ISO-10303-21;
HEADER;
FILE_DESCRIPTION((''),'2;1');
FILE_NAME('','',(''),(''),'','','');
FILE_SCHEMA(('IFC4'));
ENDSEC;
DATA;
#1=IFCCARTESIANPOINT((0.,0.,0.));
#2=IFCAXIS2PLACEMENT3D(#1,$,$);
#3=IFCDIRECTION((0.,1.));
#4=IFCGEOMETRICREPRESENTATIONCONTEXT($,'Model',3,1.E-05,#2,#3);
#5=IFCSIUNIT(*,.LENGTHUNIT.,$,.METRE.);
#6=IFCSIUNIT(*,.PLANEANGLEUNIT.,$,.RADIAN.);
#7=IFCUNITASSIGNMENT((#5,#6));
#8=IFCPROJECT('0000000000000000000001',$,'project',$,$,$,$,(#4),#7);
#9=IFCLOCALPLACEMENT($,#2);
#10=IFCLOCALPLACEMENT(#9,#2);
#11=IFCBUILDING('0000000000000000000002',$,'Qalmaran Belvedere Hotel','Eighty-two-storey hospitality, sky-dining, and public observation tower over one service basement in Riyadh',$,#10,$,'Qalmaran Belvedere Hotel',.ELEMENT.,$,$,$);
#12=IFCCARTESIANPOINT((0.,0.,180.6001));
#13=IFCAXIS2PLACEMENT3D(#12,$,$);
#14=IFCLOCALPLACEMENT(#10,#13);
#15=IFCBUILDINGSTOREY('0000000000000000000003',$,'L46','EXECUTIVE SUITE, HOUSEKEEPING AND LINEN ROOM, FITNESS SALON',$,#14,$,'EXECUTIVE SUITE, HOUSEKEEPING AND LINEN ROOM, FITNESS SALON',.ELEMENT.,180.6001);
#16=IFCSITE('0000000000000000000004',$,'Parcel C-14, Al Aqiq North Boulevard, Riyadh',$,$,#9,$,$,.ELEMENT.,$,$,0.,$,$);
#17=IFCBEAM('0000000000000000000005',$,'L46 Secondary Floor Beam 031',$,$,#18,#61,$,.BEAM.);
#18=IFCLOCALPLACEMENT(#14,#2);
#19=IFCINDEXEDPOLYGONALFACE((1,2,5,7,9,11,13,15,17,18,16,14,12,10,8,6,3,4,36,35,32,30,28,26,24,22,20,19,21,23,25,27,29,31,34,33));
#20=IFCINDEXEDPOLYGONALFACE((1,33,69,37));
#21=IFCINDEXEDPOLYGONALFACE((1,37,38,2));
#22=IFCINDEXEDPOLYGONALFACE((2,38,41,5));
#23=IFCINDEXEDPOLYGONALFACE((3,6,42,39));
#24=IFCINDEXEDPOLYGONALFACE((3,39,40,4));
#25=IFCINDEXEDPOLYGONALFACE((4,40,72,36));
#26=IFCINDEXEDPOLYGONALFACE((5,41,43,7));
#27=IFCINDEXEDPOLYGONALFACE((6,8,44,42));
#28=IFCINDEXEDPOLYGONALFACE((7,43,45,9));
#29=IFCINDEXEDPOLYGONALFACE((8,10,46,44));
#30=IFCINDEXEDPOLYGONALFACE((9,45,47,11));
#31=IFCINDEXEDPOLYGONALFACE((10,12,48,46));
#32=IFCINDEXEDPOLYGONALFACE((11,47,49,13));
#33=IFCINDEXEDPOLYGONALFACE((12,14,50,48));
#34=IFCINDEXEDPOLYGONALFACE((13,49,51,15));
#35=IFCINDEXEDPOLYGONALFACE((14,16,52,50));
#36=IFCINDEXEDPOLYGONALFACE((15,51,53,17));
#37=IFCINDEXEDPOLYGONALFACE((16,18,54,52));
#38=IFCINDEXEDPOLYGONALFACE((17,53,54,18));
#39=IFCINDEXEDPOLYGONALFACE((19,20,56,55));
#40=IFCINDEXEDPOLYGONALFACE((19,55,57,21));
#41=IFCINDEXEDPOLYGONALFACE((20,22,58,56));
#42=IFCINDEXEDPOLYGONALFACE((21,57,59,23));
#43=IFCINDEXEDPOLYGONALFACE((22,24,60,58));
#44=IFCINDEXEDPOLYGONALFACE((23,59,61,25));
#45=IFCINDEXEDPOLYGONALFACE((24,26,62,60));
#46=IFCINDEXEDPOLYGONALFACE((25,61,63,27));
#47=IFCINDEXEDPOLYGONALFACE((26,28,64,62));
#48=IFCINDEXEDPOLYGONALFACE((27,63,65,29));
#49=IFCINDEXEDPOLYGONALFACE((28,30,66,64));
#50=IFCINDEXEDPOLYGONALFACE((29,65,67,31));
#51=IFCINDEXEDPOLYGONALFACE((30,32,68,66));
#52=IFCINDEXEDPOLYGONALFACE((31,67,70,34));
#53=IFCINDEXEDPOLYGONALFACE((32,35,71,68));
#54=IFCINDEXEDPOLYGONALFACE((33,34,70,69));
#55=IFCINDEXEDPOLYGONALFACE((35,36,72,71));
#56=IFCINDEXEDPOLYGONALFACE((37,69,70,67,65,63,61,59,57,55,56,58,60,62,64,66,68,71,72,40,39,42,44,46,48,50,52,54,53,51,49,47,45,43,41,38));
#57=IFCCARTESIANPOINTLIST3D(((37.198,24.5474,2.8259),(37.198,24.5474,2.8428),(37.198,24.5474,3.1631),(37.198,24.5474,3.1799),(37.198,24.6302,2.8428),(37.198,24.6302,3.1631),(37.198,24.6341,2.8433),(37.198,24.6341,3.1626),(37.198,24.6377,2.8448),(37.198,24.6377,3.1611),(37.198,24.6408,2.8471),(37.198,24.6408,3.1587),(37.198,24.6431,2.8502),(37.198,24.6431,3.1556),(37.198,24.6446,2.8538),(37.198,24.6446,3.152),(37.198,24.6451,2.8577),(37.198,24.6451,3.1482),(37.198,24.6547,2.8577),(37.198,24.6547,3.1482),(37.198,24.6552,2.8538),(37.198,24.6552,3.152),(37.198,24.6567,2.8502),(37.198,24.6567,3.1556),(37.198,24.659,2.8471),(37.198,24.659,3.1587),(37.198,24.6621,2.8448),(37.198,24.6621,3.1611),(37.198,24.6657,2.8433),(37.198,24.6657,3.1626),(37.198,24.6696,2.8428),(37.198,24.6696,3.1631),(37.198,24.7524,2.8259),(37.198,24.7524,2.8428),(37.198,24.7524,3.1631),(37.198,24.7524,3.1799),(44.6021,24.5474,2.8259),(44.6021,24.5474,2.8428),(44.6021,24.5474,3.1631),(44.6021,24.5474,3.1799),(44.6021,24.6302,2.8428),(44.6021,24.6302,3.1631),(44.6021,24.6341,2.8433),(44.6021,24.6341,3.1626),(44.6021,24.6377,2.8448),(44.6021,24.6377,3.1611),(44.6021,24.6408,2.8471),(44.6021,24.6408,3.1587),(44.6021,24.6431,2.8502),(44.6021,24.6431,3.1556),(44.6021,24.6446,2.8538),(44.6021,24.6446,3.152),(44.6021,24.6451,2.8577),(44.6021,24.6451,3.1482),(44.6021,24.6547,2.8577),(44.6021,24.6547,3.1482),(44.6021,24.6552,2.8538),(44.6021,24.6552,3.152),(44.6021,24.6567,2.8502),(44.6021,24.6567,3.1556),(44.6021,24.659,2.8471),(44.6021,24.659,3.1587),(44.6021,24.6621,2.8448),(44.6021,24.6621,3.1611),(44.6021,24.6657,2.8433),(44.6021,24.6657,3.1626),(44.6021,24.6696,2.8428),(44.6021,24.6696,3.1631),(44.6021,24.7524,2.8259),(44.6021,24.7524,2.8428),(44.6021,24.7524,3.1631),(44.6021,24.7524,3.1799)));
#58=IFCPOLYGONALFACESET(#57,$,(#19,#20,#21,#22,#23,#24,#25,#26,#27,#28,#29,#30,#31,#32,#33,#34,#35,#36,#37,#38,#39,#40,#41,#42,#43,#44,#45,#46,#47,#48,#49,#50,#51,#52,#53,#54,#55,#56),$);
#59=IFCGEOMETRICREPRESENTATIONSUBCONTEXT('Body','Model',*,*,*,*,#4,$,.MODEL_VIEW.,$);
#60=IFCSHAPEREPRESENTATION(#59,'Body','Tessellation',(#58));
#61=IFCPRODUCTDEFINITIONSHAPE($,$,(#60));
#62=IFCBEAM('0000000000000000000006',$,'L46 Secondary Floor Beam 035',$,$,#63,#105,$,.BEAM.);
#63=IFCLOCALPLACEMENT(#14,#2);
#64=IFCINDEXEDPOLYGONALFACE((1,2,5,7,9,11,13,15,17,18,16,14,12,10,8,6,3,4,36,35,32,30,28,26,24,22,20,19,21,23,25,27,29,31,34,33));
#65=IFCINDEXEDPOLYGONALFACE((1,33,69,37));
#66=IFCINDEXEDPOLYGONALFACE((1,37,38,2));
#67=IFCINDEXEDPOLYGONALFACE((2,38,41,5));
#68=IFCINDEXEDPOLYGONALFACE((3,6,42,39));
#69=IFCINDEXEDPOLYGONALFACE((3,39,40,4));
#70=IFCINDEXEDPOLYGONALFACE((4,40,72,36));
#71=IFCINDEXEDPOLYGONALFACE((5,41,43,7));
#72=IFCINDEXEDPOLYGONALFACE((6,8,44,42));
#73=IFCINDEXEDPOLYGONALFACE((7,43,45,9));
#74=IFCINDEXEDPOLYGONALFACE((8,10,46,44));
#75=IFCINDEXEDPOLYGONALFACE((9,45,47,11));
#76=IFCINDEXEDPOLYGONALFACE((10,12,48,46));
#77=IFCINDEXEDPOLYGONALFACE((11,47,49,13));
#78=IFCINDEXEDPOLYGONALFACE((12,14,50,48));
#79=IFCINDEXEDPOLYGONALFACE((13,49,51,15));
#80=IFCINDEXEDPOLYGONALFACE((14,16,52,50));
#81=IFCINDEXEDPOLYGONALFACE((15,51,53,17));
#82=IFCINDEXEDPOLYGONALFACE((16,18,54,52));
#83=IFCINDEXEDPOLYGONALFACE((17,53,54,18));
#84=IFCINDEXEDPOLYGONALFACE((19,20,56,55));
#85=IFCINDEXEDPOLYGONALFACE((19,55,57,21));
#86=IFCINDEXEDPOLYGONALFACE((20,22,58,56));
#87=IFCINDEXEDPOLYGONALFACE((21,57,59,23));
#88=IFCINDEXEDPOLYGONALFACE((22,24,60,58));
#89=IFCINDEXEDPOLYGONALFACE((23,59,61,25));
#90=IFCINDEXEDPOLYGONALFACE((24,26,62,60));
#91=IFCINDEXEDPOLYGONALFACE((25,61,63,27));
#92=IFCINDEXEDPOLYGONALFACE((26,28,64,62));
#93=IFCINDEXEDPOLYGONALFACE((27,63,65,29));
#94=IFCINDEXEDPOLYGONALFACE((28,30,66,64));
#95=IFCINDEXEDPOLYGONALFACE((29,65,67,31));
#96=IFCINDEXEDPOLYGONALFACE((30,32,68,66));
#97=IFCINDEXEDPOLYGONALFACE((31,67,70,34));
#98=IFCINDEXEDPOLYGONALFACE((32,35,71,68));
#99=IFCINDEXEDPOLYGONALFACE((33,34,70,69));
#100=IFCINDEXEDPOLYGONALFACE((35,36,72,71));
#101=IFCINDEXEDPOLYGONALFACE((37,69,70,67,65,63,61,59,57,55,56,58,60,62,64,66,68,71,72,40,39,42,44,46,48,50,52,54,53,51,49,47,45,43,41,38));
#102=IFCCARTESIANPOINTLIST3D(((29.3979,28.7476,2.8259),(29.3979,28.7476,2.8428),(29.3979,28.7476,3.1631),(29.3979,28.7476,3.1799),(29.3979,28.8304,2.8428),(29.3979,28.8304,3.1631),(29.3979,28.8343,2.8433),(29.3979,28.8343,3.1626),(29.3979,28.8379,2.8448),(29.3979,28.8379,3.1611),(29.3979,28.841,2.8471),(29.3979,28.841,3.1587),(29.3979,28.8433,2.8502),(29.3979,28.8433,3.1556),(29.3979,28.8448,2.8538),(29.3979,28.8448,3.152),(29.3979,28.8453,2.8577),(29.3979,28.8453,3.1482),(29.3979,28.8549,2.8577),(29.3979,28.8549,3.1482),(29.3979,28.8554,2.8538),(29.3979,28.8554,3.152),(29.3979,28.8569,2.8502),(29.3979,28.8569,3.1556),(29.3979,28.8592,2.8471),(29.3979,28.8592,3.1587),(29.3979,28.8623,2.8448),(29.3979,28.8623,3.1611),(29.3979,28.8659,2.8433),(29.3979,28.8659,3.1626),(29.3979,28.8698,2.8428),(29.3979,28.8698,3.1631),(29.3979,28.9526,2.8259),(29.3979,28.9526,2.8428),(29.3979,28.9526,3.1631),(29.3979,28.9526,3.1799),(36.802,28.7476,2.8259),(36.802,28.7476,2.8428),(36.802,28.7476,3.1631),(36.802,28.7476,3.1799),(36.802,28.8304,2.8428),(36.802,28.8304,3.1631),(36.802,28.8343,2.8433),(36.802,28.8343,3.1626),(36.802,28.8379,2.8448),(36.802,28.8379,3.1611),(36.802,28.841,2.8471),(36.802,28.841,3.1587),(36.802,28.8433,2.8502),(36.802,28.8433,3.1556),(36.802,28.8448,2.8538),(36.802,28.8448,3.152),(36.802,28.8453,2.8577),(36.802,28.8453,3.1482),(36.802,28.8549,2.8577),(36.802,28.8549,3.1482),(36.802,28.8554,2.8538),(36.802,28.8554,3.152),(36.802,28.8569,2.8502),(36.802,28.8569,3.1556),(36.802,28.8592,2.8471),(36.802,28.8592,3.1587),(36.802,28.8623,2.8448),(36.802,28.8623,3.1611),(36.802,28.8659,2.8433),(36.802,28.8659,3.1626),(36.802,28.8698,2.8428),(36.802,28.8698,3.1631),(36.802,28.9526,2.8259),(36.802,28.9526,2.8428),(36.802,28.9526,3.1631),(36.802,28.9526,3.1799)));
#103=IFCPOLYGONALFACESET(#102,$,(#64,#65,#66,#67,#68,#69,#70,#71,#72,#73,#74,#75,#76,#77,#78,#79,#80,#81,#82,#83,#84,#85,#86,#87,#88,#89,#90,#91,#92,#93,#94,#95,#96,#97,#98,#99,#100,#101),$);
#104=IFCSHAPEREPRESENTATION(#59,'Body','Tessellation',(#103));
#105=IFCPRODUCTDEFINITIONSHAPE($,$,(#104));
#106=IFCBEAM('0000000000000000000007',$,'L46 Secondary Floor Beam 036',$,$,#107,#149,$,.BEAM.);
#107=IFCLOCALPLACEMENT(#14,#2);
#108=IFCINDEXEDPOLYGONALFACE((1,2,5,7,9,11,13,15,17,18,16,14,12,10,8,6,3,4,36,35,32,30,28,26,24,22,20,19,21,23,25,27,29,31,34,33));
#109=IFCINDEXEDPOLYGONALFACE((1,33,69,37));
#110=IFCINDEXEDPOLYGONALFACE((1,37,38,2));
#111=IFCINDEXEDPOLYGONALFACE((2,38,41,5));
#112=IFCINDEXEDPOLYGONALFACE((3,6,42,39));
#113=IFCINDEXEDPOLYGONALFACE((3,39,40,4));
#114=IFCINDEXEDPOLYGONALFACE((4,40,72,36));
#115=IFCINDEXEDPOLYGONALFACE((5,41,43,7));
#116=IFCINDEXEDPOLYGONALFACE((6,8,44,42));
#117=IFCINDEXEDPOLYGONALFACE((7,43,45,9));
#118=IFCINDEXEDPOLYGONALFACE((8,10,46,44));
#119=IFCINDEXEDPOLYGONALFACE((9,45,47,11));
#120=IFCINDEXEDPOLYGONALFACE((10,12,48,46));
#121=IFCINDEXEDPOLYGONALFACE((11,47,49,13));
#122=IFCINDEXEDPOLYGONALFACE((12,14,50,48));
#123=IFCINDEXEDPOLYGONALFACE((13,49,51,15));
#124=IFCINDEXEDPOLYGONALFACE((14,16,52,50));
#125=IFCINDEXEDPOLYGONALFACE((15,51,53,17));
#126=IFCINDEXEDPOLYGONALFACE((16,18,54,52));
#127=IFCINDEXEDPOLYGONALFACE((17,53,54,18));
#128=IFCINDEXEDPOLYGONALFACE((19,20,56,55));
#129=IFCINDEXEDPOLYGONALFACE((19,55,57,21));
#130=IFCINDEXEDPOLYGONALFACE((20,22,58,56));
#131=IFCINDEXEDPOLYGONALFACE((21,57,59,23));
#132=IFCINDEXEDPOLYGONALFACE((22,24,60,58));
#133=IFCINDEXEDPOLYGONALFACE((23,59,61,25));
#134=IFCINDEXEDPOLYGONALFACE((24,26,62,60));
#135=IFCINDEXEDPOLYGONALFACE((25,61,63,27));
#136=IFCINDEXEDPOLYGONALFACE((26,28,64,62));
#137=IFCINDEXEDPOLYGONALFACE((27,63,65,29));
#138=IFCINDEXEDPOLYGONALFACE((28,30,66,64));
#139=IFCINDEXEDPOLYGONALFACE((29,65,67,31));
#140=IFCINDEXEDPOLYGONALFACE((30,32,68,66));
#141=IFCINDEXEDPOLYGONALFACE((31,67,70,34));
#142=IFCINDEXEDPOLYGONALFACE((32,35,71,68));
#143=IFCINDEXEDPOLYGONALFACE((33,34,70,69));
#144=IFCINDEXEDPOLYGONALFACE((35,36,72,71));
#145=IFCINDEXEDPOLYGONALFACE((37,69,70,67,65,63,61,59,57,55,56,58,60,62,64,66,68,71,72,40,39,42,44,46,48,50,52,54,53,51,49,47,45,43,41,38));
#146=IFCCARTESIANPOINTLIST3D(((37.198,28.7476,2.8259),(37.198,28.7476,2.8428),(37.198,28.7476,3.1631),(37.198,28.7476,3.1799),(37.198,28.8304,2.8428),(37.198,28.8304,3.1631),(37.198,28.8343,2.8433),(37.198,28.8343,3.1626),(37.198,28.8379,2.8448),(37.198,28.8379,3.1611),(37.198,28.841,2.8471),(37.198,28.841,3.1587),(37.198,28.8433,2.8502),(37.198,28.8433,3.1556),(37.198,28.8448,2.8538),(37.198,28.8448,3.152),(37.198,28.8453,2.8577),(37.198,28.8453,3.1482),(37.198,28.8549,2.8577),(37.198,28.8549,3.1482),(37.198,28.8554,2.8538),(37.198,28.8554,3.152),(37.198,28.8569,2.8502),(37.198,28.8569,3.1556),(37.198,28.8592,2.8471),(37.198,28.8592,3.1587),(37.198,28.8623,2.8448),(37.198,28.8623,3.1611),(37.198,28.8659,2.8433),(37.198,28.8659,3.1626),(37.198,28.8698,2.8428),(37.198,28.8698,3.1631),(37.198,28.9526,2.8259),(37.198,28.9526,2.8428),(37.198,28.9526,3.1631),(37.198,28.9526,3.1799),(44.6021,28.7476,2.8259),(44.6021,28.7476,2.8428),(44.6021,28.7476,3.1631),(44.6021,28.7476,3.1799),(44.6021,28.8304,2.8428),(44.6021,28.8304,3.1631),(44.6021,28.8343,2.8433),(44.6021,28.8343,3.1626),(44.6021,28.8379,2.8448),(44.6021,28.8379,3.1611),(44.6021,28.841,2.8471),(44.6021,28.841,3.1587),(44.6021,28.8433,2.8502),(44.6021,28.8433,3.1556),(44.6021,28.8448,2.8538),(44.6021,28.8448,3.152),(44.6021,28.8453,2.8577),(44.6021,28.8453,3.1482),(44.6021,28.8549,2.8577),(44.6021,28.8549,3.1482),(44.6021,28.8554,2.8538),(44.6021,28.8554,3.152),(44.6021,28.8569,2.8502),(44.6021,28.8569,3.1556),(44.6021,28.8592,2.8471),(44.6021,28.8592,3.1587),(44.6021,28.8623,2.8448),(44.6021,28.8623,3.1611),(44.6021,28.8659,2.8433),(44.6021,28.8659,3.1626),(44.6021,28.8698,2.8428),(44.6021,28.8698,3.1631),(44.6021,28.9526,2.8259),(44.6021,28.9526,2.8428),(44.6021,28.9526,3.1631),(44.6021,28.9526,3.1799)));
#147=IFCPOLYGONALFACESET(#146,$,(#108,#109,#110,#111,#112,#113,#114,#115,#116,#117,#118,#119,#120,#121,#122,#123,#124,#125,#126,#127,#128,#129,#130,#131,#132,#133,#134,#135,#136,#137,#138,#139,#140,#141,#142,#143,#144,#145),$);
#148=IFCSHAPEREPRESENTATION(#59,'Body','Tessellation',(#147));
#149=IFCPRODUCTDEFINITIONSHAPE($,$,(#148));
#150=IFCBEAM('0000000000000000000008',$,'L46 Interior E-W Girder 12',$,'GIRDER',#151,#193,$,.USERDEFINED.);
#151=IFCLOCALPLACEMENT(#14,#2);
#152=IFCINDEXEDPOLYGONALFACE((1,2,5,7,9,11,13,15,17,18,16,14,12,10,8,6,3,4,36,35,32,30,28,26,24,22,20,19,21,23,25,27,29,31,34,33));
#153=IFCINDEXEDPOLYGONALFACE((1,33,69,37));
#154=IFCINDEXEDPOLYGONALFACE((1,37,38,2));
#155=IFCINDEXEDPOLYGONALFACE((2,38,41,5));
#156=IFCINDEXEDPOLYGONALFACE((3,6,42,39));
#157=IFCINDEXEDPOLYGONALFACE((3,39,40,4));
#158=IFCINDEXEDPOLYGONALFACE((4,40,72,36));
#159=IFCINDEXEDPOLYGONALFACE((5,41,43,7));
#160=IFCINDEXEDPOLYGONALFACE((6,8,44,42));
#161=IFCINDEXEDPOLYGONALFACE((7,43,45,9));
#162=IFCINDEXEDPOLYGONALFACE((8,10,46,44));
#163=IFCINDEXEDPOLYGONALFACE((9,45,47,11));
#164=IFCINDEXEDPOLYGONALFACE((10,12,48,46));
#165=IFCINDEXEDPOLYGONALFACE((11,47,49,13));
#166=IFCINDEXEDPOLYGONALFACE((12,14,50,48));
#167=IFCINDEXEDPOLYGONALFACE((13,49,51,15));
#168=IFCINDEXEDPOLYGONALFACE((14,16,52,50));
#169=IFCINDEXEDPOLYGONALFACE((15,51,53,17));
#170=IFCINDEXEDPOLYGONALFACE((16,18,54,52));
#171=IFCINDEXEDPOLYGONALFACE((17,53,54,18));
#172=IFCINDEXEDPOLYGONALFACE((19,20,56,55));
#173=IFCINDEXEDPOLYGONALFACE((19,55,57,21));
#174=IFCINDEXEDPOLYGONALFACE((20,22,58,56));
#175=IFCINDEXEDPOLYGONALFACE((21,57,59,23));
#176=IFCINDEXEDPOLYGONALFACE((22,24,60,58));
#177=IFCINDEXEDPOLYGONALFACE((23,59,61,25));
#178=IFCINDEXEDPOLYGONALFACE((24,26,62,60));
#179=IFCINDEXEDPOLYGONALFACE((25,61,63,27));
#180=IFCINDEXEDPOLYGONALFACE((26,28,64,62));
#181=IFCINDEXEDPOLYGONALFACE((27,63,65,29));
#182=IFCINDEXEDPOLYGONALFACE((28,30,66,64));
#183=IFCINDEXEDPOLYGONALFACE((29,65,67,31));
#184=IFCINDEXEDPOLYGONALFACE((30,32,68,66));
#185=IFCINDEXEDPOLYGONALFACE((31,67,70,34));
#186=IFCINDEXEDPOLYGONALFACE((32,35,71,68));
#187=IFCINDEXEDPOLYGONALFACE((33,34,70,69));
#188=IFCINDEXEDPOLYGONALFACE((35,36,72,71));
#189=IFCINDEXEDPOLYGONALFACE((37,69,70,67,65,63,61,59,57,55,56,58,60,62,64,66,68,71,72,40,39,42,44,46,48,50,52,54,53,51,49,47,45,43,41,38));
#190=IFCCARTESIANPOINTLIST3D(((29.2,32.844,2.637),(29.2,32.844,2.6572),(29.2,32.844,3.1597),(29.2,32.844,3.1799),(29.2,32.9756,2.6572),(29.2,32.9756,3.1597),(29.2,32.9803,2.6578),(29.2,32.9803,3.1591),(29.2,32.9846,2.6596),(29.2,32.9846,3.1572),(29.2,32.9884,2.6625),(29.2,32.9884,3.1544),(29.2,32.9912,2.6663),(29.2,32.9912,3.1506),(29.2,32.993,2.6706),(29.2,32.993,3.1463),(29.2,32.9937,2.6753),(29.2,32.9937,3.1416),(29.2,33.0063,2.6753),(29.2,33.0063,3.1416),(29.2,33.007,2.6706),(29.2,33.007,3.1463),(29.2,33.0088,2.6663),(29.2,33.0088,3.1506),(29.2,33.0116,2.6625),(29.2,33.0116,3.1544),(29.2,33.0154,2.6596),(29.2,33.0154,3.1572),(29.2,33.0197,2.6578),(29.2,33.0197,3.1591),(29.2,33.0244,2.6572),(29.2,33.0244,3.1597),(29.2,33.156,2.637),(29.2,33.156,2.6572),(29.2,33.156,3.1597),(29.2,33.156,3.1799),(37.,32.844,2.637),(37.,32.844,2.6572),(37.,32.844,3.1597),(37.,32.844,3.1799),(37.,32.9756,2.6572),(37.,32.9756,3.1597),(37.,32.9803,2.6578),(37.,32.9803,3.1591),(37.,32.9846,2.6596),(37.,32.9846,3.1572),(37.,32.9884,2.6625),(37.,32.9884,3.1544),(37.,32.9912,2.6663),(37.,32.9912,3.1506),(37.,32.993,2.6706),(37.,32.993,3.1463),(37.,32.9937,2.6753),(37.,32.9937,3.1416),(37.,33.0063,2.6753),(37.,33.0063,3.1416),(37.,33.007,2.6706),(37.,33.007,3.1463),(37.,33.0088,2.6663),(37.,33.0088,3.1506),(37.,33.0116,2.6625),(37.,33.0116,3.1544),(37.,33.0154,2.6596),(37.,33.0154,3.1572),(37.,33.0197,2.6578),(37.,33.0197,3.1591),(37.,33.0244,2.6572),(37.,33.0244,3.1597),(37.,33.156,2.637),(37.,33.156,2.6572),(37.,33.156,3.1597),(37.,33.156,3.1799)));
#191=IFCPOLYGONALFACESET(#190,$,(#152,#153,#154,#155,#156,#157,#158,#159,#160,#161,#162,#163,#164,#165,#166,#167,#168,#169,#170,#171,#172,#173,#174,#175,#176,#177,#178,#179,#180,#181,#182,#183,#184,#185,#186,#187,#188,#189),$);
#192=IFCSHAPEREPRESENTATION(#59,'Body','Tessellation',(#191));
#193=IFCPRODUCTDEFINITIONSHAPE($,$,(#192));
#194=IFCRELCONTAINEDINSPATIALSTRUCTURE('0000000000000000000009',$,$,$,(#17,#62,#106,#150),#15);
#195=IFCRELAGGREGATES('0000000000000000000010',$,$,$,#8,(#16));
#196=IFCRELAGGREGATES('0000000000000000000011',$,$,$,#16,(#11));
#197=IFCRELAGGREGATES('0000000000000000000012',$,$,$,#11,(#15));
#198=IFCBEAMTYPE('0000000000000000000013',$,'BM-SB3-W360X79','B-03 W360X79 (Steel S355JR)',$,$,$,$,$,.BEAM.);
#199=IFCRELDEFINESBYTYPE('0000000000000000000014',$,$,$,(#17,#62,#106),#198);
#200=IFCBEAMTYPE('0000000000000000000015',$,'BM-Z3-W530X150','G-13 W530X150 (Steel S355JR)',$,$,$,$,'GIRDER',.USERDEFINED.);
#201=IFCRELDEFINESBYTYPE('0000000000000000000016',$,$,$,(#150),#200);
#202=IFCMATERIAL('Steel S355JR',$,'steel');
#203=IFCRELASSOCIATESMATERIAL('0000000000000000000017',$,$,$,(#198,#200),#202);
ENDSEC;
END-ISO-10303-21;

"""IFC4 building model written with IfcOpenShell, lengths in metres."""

from ifc_helpers import new_model, si_unit, direction, frame, origin, origin_2d, place, context, subcontext, project, spatial, i_section, extrude, material, material_profile, profile_set, type_object, element, save


model = new_model("IFC4")

# Units and contexts
model_context = context("Model", 3, precision=1e-05, world=origin(), true_north=direction((0.0, 1.0)))
body_context = subcontext(model_context, "Body", "Model", "MODEL_VIEW")
ifc_project = project(units=[si_unit("LENGTHUNIT", "METRE"), si_unit("PLANEANGLEUNIT", "RADIAN")], contexts=[model_context])

# Site, building, storey
site_placement = place(None, origin())
site = spatial("IfcSite", under=ifc_project, at=site_placement, Name="Parcel C-14, Al Aqiq North Boulevard, Riyadh", CompositionType="ELEMENT", RefElevation=0.0)
building_placement = place(site_placement, origin())
building = spatial("IfcBuilding", under=site, at=building_placement, Name="Qalmaran Belvedere Hotel", Description="Eighty-two-storey hospitality, sky-dining, and public observation tower over one service basement in Riyadh", LongName="Qalmaran Belvedere Hotel", CompositionType="ELEMENT")
storey_placement = place(building_placement, frame((0.0, 0.0, 180.6001)))
storey = spatial("IfcBuildingStorey", under=building, at=storey_placement, Name="L46", Description="EXECUTIVE SUITE, HOUSEKEEPING AND LINEN ROOM, FITNESS SALON", LongName="EXECUTIVE SUITE, HOUSEKEEPING AND LINEN ROOM, FITNESS SALON", CompositionType="ELEMENT", Elevation=180.6001)

# Beams
ifc_material_1 = material(Name="Steel S355JR", Category="steel")
ifc_material_profile_1 = material_profile(ifc_material_1, i_section(OverallWidth=0.2051, OverallDepth=0.354, WebThickness=0.0095, FlangeThickness=0.0168, FilletRadius=0.0149, at=origin_2d()), Name="W360X79")
ifc_profile_set_1 = profile_set([ifc_material_profile_1], Name="Steel S355JR")
beam_type_1 = type_object("IfcBeamType", Name="BM-SB3-W360X79", Description="B-03 W360X79 (Steel S355JR)", PredefinedType="BEAM", material=ifc_profile_set_1)
for number, where, z_axis, x_axis, name in (
    (1, (37.198, 24.6499, 3.0029), (1.0, 0.0, 0.0), (0.0, 1.0, 0.0), "L46 Secondary Floor Beam 031"),
    (2, (29.3979, 28.8501, 3.0029), (1.0, 0.0, 0.0), (0.0, 1.0, 0.0), "L46 Secondary Floor Beam 035"),
    (3, (37.198, 28.8501, 3.0029), (1.0, 0.0, 0.0), (0.0, 1.0, 0.0), "L46 Secondary Floor Beam 036"),
):
    element("IfcBeam", number, at=place(storey_placement, frame(where, z_axis=z_axis, x_axis=x_axis)), inside=storey, type_object=beam_type_1, Name=name, PredefinedType="BEAM", context=body_context, shape_type="SweptSolid", body=[
        extrude(i_section(OverallWidth=0.2051, OverallDepth=0.354, WebThickness=0.0095, FlangeThickness=0.0168, FilletRadius=0.0149, at=origin_2d()), origin(), (0.0, 0.0, 1.0), 7.4041),
    ])
ifc_material_profile_2 = material_profile(ifc_material_1, i_section(OverallWidth=0.312, OverallDepth=0.543, WebThickness=0.0127, FlangeThickness=0.0203, FilletRadius=0.0181, at=origin_2d()), Name="W530X150")
ifc_profile_set_2 = profile_set([ifc_material_profile_2], Name="Steel S355JR")
beam_type_2 = type_object("IfcBeamType", Name="BM-Z3-W530X150", Description="G-13 W530X150 (Steel S355JR)", ElementType="GIRDER", PredefinedType="USERDEFINED", material=ifc_profile_set_2)
for number, where, z_axis, x_axis, name in (
    (4, (29.2, 33.0, 2.9084), (1.0, 0.0, 0.0), (0.0, 1.0, 0.0), "L46 Interior E-W Girder 12"),
):
    element("IfcBeam", number, at=place(storey_placement, frame(where, z_axis=z_axis, x_axis=x_axis)), inside=storey, type_object=beam_type_2, Name=name, ObjectType="GIRDER", PredefinedType="USERDEFINED", context=body_context, shape_type="SweptSolid", body=[
        extrude(i_section(OverallWidth=0.312, OverallDepth=0.543, WebThickness=0.0127, FlangeThickness=0.0203, FilletRadius=0.0181, at=origin_2d()), origin(), (0.0, 0.0, 1.0), 7.8),
    ])

save(model, "model.ifc")
